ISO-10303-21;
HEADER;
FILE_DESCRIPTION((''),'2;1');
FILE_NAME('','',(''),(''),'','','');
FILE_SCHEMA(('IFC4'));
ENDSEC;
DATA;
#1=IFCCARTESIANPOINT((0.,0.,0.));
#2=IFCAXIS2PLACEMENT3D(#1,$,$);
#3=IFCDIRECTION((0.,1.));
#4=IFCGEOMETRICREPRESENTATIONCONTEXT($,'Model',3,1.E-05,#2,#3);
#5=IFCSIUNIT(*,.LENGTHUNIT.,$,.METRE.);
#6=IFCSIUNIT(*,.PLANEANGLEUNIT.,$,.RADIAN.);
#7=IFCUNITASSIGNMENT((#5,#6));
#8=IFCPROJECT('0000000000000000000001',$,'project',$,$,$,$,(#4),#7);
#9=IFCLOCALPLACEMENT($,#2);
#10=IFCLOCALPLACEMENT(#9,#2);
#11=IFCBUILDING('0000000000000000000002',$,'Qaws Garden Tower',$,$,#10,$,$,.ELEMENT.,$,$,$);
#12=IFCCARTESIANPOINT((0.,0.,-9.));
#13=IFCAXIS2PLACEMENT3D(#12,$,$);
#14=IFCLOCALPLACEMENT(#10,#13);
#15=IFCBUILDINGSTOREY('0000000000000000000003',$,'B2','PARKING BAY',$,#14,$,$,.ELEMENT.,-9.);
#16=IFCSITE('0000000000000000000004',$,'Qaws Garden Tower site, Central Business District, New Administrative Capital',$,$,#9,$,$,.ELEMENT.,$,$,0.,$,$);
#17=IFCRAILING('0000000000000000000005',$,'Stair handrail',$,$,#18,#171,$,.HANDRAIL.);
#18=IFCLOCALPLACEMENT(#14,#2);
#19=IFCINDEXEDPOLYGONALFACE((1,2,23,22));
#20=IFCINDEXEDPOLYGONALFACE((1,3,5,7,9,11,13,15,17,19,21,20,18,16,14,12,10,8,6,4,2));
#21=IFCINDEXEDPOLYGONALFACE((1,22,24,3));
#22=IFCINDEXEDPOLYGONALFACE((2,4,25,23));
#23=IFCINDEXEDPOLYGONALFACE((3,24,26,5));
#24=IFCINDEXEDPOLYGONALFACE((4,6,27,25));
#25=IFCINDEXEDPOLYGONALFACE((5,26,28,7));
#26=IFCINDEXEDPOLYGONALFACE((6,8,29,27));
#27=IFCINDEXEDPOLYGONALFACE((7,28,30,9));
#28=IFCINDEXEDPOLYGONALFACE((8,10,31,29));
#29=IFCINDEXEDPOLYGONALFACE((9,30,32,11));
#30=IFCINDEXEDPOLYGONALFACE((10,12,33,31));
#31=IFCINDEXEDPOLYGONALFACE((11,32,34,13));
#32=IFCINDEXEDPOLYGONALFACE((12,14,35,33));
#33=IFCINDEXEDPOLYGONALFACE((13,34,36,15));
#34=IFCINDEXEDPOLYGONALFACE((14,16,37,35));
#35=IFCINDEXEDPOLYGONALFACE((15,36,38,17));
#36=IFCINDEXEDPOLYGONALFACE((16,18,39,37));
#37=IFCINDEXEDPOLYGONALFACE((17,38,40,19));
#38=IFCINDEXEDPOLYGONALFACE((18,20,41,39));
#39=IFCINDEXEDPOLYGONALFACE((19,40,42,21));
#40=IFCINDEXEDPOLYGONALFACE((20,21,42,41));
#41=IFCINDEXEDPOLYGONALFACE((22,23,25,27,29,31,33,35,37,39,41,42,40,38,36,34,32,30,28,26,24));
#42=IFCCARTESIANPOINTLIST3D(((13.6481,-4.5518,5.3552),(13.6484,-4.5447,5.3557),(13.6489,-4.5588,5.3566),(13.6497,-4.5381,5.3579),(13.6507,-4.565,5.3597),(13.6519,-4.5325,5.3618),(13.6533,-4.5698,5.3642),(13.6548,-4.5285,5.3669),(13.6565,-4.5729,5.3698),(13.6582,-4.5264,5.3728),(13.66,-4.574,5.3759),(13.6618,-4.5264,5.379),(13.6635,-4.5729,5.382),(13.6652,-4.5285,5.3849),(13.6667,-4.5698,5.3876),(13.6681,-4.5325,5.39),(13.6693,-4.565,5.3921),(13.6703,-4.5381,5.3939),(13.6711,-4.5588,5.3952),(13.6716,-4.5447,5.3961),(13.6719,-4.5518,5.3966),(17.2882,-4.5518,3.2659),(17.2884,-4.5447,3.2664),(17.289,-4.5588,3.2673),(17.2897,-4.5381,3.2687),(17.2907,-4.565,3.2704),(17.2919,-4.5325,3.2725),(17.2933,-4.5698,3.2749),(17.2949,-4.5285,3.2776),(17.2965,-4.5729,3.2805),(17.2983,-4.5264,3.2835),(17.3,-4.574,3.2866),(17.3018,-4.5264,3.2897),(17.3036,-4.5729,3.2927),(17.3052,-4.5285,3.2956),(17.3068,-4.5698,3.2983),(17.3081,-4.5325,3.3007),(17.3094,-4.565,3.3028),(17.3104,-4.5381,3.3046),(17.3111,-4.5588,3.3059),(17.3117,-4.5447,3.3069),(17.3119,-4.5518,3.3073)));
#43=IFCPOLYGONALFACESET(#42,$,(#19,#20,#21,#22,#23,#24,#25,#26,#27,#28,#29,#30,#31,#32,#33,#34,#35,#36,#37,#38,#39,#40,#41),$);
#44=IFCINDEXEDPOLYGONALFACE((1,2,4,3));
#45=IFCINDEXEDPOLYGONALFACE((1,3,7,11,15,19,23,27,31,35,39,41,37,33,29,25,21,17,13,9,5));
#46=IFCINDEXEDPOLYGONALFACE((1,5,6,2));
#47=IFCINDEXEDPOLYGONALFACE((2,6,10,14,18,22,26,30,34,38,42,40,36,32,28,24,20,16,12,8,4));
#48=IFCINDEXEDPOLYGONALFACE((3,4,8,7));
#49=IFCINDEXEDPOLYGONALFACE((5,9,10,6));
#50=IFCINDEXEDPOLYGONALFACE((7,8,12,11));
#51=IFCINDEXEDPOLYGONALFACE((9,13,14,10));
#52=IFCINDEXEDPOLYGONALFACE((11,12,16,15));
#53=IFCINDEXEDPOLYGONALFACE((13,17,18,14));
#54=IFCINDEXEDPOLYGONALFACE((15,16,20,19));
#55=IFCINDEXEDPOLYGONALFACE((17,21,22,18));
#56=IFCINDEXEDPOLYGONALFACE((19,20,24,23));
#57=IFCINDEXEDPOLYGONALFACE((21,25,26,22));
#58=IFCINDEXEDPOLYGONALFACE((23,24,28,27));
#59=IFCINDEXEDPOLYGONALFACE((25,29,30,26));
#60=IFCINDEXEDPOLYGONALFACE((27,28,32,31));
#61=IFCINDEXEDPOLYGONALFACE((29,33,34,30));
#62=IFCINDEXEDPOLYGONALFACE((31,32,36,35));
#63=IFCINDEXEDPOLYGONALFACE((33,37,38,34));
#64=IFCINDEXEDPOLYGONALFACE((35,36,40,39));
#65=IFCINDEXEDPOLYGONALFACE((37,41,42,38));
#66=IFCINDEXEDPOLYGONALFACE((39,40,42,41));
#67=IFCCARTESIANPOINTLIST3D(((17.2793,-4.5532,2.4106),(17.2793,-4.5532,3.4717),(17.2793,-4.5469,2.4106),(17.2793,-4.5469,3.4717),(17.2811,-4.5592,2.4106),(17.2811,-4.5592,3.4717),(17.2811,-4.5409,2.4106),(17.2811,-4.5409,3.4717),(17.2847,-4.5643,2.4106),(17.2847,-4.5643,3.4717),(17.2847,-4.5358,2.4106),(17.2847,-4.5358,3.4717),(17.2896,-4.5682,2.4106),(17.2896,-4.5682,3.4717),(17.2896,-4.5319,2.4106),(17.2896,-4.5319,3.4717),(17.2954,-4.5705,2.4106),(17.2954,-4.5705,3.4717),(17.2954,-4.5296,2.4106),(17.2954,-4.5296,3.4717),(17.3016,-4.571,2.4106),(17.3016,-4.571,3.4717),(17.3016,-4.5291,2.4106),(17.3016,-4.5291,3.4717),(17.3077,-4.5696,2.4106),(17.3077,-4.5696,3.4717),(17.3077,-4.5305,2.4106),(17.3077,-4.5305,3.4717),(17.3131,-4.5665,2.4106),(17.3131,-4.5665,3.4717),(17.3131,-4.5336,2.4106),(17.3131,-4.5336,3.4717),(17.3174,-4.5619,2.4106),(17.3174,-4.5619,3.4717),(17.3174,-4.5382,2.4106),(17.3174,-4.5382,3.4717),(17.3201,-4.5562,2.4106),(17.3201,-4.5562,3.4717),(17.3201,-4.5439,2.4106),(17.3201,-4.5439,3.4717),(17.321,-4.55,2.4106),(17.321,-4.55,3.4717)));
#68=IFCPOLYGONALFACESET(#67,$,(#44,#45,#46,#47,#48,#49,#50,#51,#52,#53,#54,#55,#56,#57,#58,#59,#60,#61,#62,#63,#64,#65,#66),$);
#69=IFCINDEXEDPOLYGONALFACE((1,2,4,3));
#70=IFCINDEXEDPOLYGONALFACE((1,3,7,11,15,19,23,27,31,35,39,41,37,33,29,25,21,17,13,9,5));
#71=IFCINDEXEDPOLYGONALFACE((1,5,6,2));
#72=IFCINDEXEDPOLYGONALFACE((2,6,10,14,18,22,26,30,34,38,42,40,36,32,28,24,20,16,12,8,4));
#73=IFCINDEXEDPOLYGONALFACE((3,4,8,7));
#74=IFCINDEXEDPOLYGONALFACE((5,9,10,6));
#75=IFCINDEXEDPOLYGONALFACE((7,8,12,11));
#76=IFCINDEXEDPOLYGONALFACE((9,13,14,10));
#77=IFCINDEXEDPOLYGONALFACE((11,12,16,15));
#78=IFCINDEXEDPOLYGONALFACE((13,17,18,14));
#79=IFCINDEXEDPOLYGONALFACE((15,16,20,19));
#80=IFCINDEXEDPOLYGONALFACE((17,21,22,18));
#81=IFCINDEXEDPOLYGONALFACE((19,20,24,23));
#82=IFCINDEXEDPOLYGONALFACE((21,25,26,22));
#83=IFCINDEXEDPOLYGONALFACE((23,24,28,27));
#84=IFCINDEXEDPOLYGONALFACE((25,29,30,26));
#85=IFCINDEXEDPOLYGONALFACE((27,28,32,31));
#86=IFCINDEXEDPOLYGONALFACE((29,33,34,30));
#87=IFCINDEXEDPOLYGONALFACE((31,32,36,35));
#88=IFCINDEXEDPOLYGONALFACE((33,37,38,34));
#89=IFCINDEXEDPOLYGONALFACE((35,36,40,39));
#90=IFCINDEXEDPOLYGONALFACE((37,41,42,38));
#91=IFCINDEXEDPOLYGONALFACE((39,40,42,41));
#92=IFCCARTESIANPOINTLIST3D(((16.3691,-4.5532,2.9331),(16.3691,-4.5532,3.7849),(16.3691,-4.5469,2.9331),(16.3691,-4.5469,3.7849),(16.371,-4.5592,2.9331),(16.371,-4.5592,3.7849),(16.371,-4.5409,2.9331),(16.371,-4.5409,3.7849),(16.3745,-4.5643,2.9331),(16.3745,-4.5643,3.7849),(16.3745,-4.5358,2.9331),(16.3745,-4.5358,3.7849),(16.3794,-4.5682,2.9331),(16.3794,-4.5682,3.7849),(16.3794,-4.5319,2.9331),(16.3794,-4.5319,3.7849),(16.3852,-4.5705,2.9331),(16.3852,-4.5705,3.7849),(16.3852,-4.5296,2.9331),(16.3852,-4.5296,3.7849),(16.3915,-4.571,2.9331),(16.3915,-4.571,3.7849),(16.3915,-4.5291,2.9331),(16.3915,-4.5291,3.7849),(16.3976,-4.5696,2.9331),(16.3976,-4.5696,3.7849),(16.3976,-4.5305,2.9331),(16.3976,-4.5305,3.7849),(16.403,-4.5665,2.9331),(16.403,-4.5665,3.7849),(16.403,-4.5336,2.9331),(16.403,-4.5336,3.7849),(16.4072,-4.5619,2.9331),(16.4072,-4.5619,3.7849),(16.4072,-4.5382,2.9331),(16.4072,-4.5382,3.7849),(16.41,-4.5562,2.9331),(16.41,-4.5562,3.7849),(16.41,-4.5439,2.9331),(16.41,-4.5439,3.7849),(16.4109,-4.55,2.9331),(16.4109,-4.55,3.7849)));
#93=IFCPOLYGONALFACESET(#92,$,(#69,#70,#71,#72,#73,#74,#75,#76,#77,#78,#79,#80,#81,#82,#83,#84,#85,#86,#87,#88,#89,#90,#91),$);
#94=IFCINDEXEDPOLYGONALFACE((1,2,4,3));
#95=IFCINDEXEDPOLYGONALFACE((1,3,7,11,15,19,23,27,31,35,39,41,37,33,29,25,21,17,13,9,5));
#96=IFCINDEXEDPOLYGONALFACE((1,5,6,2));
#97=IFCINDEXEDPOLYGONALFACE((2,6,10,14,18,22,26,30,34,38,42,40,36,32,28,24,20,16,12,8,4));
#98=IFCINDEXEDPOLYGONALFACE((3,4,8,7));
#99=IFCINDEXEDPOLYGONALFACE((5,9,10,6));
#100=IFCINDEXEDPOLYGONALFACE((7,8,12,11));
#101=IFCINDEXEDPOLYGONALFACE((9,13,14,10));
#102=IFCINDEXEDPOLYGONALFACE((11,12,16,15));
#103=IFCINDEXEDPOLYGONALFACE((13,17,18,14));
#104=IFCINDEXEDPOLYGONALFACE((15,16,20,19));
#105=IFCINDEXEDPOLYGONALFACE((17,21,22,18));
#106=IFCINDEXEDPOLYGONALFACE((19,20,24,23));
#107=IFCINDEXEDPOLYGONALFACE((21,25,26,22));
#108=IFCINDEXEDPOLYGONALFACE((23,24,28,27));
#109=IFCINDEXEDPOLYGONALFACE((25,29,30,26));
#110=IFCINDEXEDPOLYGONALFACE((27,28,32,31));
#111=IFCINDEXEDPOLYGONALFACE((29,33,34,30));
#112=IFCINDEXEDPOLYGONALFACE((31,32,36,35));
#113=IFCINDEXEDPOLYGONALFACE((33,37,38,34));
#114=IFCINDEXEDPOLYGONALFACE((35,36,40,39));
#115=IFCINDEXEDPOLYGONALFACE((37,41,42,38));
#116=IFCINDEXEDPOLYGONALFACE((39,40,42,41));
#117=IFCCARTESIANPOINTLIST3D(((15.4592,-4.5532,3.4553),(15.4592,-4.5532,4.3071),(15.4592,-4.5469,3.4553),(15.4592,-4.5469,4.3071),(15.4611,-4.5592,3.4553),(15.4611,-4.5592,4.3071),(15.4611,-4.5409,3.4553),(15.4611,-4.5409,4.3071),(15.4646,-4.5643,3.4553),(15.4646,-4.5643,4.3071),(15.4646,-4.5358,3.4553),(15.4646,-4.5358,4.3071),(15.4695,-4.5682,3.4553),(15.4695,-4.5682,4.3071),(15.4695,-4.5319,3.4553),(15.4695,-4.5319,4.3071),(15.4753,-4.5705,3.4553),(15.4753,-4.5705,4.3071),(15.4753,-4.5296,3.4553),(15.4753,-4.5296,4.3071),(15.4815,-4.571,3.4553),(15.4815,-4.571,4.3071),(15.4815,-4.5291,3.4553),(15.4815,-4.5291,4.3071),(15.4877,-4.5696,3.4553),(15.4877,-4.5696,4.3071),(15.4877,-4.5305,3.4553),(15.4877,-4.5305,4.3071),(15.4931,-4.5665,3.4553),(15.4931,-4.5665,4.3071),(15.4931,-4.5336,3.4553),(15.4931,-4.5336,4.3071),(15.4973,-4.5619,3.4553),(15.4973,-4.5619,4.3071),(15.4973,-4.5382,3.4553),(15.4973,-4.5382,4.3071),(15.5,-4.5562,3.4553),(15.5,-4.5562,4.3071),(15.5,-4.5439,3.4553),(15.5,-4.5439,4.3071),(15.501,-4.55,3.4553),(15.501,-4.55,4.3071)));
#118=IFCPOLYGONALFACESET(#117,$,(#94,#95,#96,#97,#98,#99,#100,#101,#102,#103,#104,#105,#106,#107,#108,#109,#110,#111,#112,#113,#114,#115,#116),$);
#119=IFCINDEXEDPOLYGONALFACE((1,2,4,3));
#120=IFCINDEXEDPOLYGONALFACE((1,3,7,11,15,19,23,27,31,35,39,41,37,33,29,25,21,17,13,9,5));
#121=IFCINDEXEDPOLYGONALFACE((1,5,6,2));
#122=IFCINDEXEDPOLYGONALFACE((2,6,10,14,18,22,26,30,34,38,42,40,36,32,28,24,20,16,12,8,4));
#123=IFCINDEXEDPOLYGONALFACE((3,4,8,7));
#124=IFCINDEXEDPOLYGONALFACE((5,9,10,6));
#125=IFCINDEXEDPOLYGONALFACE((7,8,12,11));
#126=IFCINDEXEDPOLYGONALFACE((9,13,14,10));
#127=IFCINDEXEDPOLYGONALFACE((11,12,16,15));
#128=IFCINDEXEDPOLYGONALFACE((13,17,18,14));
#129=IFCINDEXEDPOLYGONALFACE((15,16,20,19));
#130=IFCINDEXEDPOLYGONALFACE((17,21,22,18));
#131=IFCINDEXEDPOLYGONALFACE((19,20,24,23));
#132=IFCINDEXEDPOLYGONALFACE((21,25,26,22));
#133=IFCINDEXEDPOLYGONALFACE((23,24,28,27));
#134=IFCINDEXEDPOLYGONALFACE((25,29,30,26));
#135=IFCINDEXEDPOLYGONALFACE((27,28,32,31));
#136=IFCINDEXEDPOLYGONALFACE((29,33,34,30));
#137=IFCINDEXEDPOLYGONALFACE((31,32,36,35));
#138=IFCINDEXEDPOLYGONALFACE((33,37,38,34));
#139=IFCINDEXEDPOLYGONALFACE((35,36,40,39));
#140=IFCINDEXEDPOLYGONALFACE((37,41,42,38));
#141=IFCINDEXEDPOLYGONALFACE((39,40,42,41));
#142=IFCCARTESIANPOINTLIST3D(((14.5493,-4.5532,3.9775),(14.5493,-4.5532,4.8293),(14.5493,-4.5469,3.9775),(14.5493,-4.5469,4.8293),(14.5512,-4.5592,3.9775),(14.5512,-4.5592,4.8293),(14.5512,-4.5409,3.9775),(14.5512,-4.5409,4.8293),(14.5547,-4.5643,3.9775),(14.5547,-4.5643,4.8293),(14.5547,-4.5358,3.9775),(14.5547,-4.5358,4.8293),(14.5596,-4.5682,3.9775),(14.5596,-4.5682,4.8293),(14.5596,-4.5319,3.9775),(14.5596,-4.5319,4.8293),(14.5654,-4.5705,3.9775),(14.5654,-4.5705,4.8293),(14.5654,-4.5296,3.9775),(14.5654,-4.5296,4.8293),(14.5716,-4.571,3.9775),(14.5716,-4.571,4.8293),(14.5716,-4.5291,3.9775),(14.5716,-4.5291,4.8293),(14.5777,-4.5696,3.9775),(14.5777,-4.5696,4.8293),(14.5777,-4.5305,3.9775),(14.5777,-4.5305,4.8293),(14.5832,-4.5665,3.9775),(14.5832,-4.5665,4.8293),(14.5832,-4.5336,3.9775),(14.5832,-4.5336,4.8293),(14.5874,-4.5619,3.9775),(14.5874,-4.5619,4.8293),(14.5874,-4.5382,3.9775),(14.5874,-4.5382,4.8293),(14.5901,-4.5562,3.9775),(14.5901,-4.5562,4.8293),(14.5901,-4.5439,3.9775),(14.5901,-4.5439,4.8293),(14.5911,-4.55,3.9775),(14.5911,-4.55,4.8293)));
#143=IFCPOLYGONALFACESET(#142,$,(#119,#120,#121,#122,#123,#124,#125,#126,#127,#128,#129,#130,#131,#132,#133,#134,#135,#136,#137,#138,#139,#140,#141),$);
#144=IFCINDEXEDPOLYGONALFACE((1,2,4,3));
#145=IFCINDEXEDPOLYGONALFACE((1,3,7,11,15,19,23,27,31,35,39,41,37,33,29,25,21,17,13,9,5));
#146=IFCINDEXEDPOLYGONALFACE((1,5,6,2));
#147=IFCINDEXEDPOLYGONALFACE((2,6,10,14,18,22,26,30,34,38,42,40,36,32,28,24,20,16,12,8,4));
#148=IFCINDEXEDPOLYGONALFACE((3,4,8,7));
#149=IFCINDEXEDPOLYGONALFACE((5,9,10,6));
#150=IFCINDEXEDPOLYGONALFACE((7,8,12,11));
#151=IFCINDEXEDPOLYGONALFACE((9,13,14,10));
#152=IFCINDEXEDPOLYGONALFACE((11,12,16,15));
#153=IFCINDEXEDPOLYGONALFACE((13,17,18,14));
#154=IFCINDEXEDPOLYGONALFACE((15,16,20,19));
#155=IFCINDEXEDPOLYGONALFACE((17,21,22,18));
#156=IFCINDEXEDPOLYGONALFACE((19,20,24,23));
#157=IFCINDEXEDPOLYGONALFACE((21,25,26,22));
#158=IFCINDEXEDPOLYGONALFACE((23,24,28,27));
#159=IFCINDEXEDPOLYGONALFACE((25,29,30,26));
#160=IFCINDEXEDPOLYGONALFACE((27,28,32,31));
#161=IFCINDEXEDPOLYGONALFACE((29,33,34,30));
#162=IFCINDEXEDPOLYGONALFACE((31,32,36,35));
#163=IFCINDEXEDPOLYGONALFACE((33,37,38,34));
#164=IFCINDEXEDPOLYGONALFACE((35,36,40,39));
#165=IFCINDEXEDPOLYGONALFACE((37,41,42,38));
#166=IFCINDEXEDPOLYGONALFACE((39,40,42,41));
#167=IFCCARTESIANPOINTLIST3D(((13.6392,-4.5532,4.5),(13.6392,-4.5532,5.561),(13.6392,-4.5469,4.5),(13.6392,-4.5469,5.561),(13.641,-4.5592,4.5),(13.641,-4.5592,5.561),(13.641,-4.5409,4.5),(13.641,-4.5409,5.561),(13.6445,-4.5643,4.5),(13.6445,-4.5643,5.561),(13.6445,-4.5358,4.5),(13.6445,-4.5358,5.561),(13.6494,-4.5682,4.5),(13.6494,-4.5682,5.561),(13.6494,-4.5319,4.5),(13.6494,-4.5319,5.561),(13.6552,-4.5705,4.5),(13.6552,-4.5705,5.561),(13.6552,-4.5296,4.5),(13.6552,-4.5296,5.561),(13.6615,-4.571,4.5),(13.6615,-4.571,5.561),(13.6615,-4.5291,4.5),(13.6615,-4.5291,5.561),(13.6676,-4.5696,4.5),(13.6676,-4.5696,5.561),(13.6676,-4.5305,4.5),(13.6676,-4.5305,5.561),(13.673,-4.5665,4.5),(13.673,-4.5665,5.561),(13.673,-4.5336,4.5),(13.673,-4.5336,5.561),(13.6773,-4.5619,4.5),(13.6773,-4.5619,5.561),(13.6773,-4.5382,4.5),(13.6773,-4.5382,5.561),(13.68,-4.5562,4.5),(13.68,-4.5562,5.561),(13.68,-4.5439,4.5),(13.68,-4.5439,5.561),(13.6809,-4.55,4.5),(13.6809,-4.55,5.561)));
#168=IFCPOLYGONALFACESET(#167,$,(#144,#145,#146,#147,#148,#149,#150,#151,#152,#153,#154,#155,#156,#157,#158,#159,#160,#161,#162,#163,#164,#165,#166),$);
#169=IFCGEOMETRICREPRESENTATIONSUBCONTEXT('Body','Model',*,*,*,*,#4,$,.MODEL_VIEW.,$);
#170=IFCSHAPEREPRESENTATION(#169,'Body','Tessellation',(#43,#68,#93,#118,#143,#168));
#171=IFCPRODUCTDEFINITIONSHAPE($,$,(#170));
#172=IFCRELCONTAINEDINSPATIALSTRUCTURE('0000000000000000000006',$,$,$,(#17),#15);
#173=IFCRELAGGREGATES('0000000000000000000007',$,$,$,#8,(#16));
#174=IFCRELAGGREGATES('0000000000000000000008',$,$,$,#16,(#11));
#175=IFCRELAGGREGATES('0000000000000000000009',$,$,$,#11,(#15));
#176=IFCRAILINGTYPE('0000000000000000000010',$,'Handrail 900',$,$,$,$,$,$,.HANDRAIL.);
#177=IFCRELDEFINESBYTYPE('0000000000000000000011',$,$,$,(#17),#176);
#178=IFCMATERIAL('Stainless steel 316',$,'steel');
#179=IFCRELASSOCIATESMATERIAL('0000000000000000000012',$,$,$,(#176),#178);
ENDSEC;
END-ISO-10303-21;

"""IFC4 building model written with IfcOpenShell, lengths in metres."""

from ifc_helpers import new_model, si_unit, direction, frame, origin, origin_2d, place, context, subcontext, project, spatial, circle, extrude, material, type_object, element, save


model = new_model("IFC4")

# Units and contexts
model_context = context("Model", 3, precision=1e-05, world=origin(), true_north=direction((0.0, 1.0)))
body_context = subcontext(model_context, "Body", "Model", "MODEL_VIEW")
ifc_project = project(units=[si_unit("LENGTHUNIT", "METRE"), si_unit("PLANEANGLEUNIT", "RADIAN")], contexts=[model_context])

# Site, building, storey
site_placement = place(None, origin())
site = spatial("IfcSite", under=ifc_project, at=site_placement, Name="Qaws Garden Tower site, Central Business District, New Administrative Capital", CompositionType="ELEMENT", RefElevation=0.0)
building_placement = place(site_placement, origin())
building = spatial("IfcBuilding", under=site, at=building_placement, Name="Qaws Garden Tower", CompositionType="ELEMENT")
storey_placement = place(building_placement, frame((0.0, 0.0, -9.0)))
storey = spatial("IfcBuildingStorey", under=building, at=storey_placement, Name="B2", Description="PARKING BAY", CompositionType="ELEMENT", Elevation=-9.0)

# Railing
ifc_material_1 = material(Name="Stainless steel 316", Category="steel")
railing_type_1 = type_object("IfcRailingType", Name="Handrail 900", PredefinedType="HANDRAIL", material=ifc_material_1)
for number, where, name in (
    (1, (17.3, -4.55, 2.4106), "Stair handrail"),
):
    element("IfcRailing", number, at=place(storey_placement, frame(where)), inside=storey, type_object=railing_type_1, Name=name, PredefinedType="HANDRAIL", context=body_context, shape_type="SweptSolid", body=[
        extrude(circle(Radius=0.0239, at=origin_2d()), frame((0.0, 0.0, 0.876), z_axis=(-0.867289, 0.0, 0.497804), x_axis=(0.0, -1.0, 0.0)), (0.0, 0.0, 1.0), 4.197),
        extrude(circle(Radius=0.021, at=origin_2d()), origin(), (0.0, 0.0, 1.0), 1.061),
        extrude(circle(Radius=0.021, at=origin_2d()), frame((-0.9102, 0.0, 0.5225)), (0.0, 0.0, 1.0), 0.8518),
        extrude(circle(Radius=0.021, at=origin_2d()), frame((-1.8201, 0.0, 1.0447)), (0.0, 0.0, 1.0), 0.8518),
        extrude(circle(Radius=0.021, at=origin_2d()), frame((-2.73, 0.0, 1.5669)), (0.0, 0.0, 1.0), 0.8518),
        extrude(circle(Radius=0.021, at=origin_2d()), frame((-3.6401, 0.0, 2.0894)), (0.0, 0.0, 1.0), 1.061),
    ])

save(model, "model.ifc")
